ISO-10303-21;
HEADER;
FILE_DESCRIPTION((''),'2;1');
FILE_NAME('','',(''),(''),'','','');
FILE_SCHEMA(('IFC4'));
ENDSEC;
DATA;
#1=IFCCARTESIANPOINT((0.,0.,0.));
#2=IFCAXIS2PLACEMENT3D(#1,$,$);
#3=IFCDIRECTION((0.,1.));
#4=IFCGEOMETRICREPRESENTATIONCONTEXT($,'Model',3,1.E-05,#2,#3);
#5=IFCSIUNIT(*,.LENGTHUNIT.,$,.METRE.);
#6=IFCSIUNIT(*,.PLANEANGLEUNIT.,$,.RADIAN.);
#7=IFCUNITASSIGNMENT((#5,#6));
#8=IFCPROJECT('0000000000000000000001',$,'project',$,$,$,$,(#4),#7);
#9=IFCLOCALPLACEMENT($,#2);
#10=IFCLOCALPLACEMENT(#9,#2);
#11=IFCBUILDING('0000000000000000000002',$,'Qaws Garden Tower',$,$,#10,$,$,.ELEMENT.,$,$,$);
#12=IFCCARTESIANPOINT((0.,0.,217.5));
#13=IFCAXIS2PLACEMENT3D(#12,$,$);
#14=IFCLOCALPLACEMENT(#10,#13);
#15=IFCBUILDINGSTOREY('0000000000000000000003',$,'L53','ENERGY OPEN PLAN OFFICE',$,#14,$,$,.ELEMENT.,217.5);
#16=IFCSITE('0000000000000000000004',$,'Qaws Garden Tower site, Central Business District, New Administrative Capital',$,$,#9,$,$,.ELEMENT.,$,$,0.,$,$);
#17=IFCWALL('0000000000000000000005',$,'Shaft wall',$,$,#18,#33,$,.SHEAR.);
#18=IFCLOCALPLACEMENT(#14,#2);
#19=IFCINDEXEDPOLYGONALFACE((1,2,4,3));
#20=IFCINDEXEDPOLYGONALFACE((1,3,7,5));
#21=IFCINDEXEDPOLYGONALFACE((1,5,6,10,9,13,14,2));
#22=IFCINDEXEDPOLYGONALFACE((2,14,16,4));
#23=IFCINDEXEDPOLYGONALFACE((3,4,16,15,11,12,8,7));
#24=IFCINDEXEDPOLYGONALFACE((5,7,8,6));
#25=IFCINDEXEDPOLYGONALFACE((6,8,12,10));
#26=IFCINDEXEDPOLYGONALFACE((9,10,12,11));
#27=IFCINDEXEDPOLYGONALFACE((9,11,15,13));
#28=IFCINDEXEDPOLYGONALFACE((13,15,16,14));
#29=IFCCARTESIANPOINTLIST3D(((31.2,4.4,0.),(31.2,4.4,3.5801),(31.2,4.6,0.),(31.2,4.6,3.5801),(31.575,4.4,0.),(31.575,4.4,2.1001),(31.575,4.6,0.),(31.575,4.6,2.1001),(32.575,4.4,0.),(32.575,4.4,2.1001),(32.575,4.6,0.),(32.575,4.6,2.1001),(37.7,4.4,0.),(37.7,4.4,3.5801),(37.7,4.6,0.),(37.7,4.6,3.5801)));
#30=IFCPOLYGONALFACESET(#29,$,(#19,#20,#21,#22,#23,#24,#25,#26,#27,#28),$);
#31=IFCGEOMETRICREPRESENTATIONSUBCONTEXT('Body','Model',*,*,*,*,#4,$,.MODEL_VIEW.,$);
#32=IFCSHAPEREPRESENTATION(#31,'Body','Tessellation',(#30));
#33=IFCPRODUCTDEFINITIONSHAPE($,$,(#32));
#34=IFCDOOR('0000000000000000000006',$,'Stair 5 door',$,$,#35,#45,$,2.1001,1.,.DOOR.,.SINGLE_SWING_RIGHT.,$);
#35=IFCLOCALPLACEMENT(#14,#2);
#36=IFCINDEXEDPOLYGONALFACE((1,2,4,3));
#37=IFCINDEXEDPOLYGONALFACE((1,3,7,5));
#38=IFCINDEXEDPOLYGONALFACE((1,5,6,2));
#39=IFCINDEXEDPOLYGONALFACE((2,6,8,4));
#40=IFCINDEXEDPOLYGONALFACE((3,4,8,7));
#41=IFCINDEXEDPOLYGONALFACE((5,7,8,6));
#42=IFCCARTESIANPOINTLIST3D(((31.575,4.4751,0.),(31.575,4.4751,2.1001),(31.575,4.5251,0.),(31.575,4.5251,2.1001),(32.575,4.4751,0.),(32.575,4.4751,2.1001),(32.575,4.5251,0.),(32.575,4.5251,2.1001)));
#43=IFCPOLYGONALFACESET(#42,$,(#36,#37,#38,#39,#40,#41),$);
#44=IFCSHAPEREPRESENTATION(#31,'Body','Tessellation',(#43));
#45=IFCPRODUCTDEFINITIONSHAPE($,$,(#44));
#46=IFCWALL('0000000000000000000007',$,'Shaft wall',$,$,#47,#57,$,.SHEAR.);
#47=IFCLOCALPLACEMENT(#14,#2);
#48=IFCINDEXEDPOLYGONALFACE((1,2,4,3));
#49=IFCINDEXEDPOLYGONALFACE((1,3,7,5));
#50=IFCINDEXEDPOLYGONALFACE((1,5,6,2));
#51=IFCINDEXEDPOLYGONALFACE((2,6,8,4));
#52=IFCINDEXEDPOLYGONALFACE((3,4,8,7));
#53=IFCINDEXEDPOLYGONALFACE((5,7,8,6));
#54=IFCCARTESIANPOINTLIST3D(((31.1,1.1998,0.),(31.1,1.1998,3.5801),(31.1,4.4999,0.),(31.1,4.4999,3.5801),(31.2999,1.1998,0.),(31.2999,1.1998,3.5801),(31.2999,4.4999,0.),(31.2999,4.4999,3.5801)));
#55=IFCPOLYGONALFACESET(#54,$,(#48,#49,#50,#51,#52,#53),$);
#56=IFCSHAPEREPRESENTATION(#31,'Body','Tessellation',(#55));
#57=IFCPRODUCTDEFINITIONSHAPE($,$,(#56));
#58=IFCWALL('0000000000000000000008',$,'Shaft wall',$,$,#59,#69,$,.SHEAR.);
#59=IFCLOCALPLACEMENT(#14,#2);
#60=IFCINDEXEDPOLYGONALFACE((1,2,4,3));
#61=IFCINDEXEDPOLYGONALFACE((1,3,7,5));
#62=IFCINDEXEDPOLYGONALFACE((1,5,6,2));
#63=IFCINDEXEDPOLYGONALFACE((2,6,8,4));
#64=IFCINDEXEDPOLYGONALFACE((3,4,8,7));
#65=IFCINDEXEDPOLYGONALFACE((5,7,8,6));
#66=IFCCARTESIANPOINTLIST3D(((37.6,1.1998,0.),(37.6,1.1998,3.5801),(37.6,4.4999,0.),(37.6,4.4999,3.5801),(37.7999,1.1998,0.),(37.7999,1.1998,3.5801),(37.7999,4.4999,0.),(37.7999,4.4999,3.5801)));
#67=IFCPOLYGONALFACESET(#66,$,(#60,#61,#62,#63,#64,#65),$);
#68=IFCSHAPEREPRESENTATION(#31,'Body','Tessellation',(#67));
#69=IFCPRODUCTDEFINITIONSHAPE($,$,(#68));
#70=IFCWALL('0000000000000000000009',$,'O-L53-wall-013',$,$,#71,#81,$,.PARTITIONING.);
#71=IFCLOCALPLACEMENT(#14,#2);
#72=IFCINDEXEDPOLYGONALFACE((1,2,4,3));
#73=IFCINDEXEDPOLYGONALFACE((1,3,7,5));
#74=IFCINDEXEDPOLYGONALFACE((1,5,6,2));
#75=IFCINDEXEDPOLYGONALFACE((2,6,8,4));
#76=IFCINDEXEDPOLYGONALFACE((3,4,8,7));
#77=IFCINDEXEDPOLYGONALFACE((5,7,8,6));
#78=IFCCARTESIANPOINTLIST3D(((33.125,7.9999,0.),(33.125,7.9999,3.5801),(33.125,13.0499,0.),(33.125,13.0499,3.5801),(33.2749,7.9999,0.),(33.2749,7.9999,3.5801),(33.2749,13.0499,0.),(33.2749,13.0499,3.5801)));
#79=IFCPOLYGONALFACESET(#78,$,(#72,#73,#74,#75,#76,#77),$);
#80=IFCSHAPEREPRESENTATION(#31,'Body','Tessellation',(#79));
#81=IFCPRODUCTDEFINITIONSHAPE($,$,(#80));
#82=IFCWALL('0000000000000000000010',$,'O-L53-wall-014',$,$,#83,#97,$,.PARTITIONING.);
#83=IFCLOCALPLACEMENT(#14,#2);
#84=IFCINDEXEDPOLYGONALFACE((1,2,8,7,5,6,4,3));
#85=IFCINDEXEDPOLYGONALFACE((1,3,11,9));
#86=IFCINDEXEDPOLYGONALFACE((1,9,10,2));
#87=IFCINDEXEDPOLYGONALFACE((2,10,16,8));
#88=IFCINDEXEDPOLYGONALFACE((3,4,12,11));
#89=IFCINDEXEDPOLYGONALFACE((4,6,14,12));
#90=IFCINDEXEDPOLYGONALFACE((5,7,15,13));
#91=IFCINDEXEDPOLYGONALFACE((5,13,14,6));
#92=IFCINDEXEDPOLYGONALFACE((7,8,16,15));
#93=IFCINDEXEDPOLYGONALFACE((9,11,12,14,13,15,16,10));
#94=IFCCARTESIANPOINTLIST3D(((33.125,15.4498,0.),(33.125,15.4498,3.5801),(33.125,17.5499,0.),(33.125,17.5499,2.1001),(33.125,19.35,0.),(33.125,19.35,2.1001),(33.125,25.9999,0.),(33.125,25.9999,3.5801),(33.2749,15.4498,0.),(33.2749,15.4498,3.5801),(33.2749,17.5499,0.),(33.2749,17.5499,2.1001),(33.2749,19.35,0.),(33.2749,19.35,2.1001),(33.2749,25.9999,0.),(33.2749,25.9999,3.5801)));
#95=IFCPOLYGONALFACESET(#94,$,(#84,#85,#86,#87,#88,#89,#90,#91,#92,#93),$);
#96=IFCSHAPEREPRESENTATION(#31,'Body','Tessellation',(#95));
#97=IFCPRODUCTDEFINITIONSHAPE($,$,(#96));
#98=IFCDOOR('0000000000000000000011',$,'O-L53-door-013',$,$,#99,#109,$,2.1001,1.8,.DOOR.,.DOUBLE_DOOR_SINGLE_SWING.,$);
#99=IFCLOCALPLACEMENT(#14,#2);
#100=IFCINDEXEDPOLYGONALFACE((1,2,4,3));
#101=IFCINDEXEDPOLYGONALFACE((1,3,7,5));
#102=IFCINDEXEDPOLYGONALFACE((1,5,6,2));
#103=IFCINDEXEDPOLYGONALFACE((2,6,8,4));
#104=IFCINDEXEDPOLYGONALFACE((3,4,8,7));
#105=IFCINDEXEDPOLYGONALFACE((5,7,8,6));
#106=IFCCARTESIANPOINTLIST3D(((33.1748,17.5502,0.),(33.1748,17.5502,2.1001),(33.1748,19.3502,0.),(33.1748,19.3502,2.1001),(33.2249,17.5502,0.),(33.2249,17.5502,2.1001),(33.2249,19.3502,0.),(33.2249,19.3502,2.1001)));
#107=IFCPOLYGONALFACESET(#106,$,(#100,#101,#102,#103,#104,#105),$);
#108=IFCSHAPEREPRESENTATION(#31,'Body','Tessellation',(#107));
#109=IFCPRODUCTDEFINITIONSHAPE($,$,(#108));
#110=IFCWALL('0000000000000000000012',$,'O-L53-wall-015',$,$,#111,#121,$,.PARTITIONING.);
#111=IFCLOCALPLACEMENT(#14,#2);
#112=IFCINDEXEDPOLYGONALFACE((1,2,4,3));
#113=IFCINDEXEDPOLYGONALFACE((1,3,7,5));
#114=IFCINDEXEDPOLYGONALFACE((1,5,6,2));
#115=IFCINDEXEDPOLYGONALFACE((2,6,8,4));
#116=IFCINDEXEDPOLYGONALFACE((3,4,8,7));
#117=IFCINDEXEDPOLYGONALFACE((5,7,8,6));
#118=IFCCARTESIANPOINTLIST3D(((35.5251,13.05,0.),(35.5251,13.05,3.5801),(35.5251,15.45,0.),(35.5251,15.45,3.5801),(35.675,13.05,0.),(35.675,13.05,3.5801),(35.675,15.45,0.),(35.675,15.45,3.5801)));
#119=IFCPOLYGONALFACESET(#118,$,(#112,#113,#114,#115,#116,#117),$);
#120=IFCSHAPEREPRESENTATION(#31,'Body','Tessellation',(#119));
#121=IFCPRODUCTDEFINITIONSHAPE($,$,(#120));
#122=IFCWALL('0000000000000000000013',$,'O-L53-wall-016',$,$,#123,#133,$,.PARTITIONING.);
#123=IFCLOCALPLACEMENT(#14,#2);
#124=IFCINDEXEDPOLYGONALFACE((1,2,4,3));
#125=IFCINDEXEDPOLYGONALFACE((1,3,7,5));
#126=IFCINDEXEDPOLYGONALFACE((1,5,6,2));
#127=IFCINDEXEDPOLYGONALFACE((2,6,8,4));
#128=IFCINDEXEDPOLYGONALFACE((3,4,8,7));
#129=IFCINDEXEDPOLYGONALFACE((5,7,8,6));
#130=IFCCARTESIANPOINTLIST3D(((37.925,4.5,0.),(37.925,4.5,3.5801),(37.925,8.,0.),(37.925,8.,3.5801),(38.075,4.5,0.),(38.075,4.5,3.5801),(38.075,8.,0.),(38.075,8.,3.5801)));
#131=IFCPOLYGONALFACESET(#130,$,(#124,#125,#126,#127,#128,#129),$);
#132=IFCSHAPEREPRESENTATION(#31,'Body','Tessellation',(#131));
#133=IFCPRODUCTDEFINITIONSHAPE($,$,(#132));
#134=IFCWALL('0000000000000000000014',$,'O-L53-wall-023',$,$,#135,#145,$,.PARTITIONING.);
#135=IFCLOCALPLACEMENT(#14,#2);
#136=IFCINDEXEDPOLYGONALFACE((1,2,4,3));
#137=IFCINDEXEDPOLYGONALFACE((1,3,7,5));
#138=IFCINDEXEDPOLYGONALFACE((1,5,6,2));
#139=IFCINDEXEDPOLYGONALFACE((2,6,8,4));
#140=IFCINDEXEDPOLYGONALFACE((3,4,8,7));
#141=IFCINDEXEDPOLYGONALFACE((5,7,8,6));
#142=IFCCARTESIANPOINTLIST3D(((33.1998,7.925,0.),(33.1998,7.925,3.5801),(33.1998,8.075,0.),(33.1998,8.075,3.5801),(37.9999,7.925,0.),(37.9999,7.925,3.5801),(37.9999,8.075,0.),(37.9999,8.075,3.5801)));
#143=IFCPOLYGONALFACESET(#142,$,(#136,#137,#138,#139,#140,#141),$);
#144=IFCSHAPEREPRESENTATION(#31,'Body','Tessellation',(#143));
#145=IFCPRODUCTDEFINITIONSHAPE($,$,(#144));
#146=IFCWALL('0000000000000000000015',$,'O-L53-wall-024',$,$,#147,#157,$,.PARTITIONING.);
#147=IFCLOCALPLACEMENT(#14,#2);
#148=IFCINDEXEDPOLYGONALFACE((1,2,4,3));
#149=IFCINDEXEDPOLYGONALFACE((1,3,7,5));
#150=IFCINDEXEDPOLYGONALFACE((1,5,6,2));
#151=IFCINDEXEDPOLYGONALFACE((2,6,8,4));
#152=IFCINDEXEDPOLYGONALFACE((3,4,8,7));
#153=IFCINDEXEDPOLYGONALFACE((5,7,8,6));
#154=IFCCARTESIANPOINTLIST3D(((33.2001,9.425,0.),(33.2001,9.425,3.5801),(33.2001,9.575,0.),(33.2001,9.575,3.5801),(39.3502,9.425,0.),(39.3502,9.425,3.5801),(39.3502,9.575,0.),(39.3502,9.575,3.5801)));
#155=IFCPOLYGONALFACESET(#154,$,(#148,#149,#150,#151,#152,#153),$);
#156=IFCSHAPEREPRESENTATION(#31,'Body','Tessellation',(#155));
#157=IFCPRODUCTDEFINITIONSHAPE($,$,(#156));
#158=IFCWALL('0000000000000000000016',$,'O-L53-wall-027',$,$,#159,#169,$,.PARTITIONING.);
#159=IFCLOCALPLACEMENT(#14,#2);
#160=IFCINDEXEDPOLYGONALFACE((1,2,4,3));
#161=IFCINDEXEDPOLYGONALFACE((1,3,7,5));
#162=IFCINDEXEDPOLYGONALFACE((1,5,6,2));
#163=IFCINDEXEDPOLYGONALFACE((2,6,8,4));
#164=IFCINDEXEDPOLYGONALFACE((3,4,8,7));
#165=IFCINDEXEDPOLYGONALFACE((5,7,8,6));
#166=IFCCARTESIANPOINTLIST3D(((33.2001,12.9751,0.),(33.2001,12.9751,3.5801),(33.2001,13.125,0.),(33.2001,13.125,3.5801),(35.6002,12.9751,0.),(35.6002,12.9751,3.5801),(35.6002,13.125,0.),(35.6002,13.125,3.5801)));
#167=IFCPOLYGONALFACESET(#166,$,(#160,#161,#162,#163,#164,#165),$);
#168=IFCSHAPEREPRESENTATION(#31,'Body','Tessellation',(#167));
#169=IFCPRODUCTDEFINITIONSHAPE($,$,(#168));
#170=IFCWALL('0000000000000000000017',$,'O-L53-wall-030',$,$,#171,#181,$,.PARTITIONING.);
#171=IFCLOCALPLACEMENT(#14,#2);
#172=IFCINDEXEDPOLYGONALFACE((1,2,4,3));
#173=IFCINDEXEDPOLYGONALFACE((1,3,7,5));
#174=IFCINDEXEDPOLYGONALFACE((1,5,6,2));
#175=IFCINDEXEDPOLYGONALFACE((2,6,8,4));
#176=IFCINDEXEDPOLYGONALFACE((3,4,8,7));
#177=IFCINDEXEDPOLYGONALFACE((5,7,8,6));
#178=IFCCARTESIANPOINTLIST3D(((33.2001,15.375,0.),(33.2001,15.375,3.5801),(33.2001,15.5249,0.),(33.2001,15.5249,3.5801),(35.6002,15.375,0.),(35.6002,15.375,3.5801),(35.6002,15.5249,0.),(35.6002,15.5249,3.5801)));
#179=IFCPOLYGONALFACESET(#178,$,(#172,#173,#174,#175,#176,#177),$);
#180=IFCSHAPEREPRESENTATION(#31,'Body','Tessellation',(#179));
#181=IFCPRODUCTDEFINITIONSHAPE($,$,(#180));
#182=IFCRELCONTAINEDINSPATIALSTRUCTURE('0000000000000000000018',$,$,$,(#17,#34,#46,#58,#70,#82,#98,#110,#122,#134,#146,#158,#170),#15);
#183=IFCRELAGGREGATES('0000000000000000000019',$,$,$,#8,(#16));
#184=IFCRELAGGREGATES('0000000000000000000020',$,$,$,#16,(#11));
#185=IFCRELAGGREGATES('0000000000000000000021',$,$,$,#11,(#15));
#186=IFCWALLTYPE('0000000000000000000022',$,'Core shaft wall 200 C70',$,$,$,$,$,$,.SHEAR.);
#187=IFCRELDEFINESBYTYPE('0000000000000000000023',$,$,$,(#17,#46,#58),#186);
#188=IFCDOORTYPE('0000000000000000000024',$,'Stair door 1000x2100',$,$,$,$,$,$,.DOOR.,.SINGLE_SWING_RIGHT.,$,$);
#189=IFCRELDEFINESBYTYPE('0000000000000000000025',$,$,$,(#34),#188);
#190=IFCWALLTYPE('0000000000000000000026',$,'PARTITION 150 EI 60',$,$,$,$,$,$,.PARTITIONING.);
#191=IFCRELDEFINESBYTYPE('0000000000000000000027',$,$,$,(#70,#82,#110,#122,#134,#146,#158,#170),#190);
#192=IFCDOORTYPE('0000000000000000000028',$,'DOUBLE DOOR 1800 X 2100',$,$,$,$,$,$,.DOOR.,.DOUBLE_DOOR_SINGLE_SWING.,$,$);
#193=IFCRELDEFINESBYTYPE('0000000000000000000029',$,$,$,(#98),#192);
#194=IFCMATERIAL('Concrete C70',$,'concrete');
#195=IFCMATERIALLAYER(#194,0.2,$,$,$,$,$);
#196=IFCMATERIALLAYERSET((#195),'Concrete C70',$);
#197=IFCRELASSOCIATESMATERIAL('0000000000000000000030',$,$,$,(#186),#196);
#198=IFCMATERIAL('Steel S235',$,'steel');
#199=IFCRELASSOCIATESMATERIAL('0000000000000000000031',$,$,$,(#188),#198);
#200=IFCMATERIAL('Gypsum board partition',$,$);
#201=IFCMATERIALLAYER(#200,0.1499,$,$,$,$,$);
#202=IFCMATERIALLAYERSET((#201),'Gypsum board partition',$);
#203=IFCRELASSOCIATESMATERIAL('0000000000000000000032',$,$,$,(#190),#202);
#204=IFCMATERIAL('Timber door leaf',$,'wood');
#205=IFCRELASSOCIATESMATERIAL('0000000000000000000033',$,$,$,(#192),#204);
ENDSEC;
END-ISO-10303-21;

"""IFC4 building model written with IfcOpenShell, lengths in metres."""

from ifc_helpers import new_model, si_unit, direction, frame, frame_2d, origin, place, context, subcontext, project, spatial, rectangle, extrude, material, layer, layer_set, type_object, element, fill, save


model = new_model("IFC4")

# Units and contexts
model_context = context("Model", 3, precision=1e-05, world=origin(), true_north=direction((0.0, 1.0)))
body_context = subcontext(model_context, "Body", "Model", "MODEL_VIEW")
ifc_project = project(units=[si_unit("LENGTHUNIT", "METRE"), si_unit("PLANEANGLEUNIT", "RADIAN")], contexts=[model_context])

# Site, building, storey
site_placement = place(None, origin())
site = spatial("IfcSite", under=ifc_project, at=site_placement, Name="Qaws Garden Tower site, Central Business District, New Administrative Capital", CompositionType="ELEMENT", RefElevation=0.0)
building_placement = place(site_placement, origin())
building = spatial("IfcBuilding", under=site, at=building_placement, Name="Qaws Garden Tower", CompositionType="ELEMENT")
storey_placement = place(building_placement, frame((0.0, 0.0, 217.5)))
storey = spatial("IfcBuildingStorey", under=building, at=storey_placement, Name="L53", Description="ENERGY OPEN PLAN OFFICE", CompositionType="ELEMENT", Elevation=217.5)

# Wall, opening, door
ifc_material_1 = material(Name="Concrete C70", Category="concrete")
ifc_layer_1 = layer(ifc_material_1, 0.2)
ifc_layer_set_1 = layer_set([ifc_layer_1], Name="Concrete C70")
wall_type_1 = type_object("IfcWallType", Name="Core shaft wall 200 C70", PredefinedType="SHEAR", material=ifc_layer_set_1)
wall_1_placement = place(storey_placement, frame((31.2, 4.5, 0.0), z_axis=(0.0, 0.0, 1.0), x_axis=(1.0, 0.0, 0.0)))
wall_1 = element("IfcWall", 1, at=wall_1_placement, inside=storey, type_object=wall_type_1, Name="Shaft wall", PredefinedType="SHEAR", context=body_context, shape_type="SweptSolid", body=[
    extrude(rectangle(XDim=6.5, YDim=0.2, at=frame_2d((3.25, 0.0))), origin(), (0.0, 0.0, 1.0), 3.5801),
])
opening_1_placement = place(wall_1_placement, frame((0.375, 0.0, 0.0)))
opening_1 = element("IfcOpeningElement", 2, at=opening_1_placement, cuts=wall_1, PredefinedType="OPENING", context=body_context, shape_type="SweptSolid", body=[
    extrude(rectangle(XDim=1.0, YDim=2.1001, at=frame_2d((0.5, 1.05))), frame((0.0, 0.1099, 0.0), z_axis=(0.0, -1.0, 0.0), x_axis=(1.0, 0.0, 0.0)), (0.0, 0.0, 1.0), 0.22),
])
ifc_material_2 = material(Name="Steel S235", Category="steel")
door_type_1 = type_object("IfcDoorType", Name="Stair door 1000x2100", OperationType="SINGLE_SWING_RIGHT", PredefinedType="DOOR", material=ifc_material_2)
door_1_placement = place(opening_1_placement, frame((1.0, 0.0, 0.0), z_axis=(0.0, 0.0, 1.0), x_axis=(-1.0, 0.0, 0.0)))
door_1 = element("IfcDoor", 3, at=door_1_placement, inside=storey, type_object=door_type_1, Name="Stair 5 door", OperationType="SINGLE_SWING_RIGHT", OverallHeight=2.1001, OverallWidth=1.0, PredefinedType="DOOR", context=body_context, shape_type="SweptSolid", body=[
    extrude(rectangle(XDim=1.0, YDim=2.1001, at=frame_2d((0.5, 1.05))), frame((0.0, 0.0249, 0.0), z_axis=(0.0, -1.0, 0.0), x_axis=(1.0, 0.0, 0.0)), (0.0, 0.0, 1.0), 0.05),
])
fill(opening_1, door_1)

# Walls
for number, where, z_axis, x_axis, name in (
    (4, (31.2, 1.2, 0.0), (0.0, 0.0, 1.0), (0.0, 1.0, 0.0), "Shaft wall"),
    (5, (37.7, 1.2, 0.0), (0.0, 0.0, 1.0), (0.0, 1.0, 0.0), "Shaft wall"),
):
    element("IfcWall", number, at=place(storey_placement, frame(where, z_axis=z_axis, x_axis=x_axis)), inside=storey, type_object=wall_type_1, Name=name, PredefinedType="SHEAR", context=body_context, shape_type="SweptSolid", body=[
        extrude(rectangle(XDim=3.3, YDim=0.2, at=frame_2d((1.6499, 0.0))), origin(), (0.0, 0.0, 1.0), 3.5801),
    ])
ifc_material_3 = material(Name="Gypsum board partition")
ifc_layer_2 = layer(ifc_material_3, 0.1499)
ifc_layer_set_2 = layer_set([ifc_layer_2], Name="Gypsum board partition")
wall_type_2 = type_object("IfcWallType", Name="PARTITION 150 EI 60", PredefinedType="PARTITIONING", material=ifc_layer_set_2)
wall_2_placement = place(storey_placement, frame((33.2, 8.0, 0.0), z_axis=(0.0, 0.0, 1.0), x_axis=(0.0, 1.0, 0.0)))
element("IfcWall", 6, at=wall_2_placement, inside=storey, type_object=wall_type_2, Name="O-L53-wall-013", PredefinedType="PARTITIONING", context=body_context, shape_type="SweptSolid", body=[
    extrude(rectangle(XDim=5.05, YDim=0.1499, at=frame_2d((2.5249, 0.0))), origin(), (0.0, 0.0, 1.0), 3.5801),
])

# Wall, opening, door
wall_3_placement = place(storey_placement, frame((33.2, 15.45, 0.0), z_axis=(0.0, 0.0, 1.0), x_axis=(0.0, 1.0, 0.0)))
wall_3 = element("IfcWall", 7, at=wall_3_placement, inside=storey, type_object=wall_type_2, Name="O-L53-wall-014", PredefinedType="PARTITIONING", context=body_context, shape_type="SweptSolid", body=[
    extrude(rectangle(XDim=10.55, YDim=0.1499, at=frame_2d((5.2749, 0.0))), origin(), (0.0, 0.0, 1.0), 3.5801),
])
opening_2_placement = place(wall_3_placement, frame((2.1001, 0.0, 0.0)))
opening_2 = element("IfcOpeningElement", 8, at=opening_2_placement, cuts=wall_3, PredefinedType="OPENING", context=body_context, shape_type="SweptSolid", body=[
    extrude(rectangle(XDim=1.8, YDim=2.1001, at=frame_2d((0.8999, 1.05))), frame((0.0, 0.085, 0.0), z_axis=(0.0, -1.0, 0.0), x_axis=(1.0, 0.0, 0.0)), (0.0, 0.0, 1.0), 0.1699),
])
ifc_material_4 = material(Name="Timber door leaf", Category="wood")
door_type_2 = type_object("IfcDoorType", Name="DOUBLE DOOR 1800 X 2100", OperationType="DOUBLE_DOOR_SINGLE_SWING", PredefinedType="DOOR", material=ifc_material_4)
door_2_placement = place(opening_2_placement, frame((1.8, 0.0, 0.0), z_axis=(0.0, 0.0, 1.0), x_axis=(-1.0, 0.0, 0.0)))
door_2 = element("IfcDoor", 9, at=door_2_placement, inside=storey, type_object=door_type_2, Name="O-L53-door-013", OperationType="DOUBLE_DOOR_SINGLE_SWING", OverallHeight=2.1001, OverallWidth=1.8, PredefinedType="DOOR", context=body_context, shape_type="SweptSolid", body=[
    extrude(rectangle(XDim=1.8, YDim=2.1001, at=frame_2d((0.8999, 1.05))), frame((0.0, 0.0249, 0.0), z_axis=(0.0, -1.0, 0.0), x_axis=(1.0, 0.0, 0.0)), (0.0, 0.0, 1.0), 0.05),
])
fill(opening_2, door_2)

# Walls
wall_4_placement = place(storey_placement, frame((35.6001, 13.05, 0.0), z_axis=(0.0, 0.0, 1.0), x_axis=(0.0, 1.0, 0.0)))
element("IfcWall", 10, at=wall_4_placement, inside=storey, type_object=wall_type_2, Name="O-L53-wall-015", PredefinedType="PARTITIONING", context=body_context, shape_type="SweptSolid", body=[
    extrude(rectangle(XDim=2.3999, YDim=0.1499, at=frame_2d((1.2, 0.0))), origin(), (0.0, 0.0, 1.0), 3.5801),
])
wall_5_placement = place(storey_placement, frame((38.0, 4.5, 0.0), z_axis=(0.0, 0.0, 1.0), x_axis=(0.0, 1.0, 0.0)))
element("IfcWall", 11, at=wall_5_placement, inside=storey, type_object=wall_type_2, Name="O-L53-wall-016", PredefinedType="PARTITIONING", context=body_context, shape_type="SweptSolid", body=[
    extrude(rectangle(XDim=3.5, YDim=0.1499, at=frame_2d((1.75, 0.0))), origin(), (0.0, 0.0, 1.0), 3.5801),
])
wall_6_placement = place(storey_placement, frame((33.2, 8.0, 0.0), z_axis=(0.0, 0.0, 1.0), x_axis=(1.0, 0.0, 0.0)))
element("IfcWall", 12, at=wall_6_placement, inside=storey, type_object=wall_type_2, Name="O-L53-wall-023", PredefinedType="PARTITIONING", context=body_context, shape_type="SweptSolid", body=[
    extrude(rectangle(XDim=4.8, YDim=0.1499, at=frame_2d((2.3999, 0.0))), origin(), (0.0, 0.0, 1.0), 3.5801),
])
wall_7_placement = place(storey_placement, frame((33.2, 9.5, 0.0), z_axis=(0.0, 0.0, 1.0), x_axis=(1.0, 0.0, 0.0)))
element("IfcWall", 13, at=wall_7_placement, inside=storey, type_object=wall_type_2, Name="O-L53-wall-024", PredefinedType="PARTITIONING", context=body_context, shape_type="SweptSolid", body=[
    extrude(rectangle(XDim=6.1501, YDim=0.1499, at=frame_2d((3.0752, 0.0))), origin(), (0.0, 0.0, 1.0), 3.5801),
])
for number, where, z_axis, x_axis, name in (
    (14, (33.2, 13.05, 0.0), (0.0, 0.0, 1.0), (1.0, 0.0, 0.0), "O-L53-wall-027"),
    (15, (33.2, 15.45, 0.0), (0.0, 0.0, 1.0), (1.0, 0.0, 0.0), "O-L53-wall-030"),
):
    element("IfcWall", number, at=place(storey_placement, frame(where, z_axis=z_axis, x_axis=x_axis)), inside=storey, type_object=wall_type_2, Name=name, PredefinedType="PARTITIONING", context=body_context, shape_type="SweptSolid", body=[
        extrude(rectangle(XDim=2.4001, YDim=0.1499, at=frame_2d((1.2002, 0.0))), origin(), (0.0, 0.0, 1.0), 3.5801),
    ])

save(model, "model.ifc")
